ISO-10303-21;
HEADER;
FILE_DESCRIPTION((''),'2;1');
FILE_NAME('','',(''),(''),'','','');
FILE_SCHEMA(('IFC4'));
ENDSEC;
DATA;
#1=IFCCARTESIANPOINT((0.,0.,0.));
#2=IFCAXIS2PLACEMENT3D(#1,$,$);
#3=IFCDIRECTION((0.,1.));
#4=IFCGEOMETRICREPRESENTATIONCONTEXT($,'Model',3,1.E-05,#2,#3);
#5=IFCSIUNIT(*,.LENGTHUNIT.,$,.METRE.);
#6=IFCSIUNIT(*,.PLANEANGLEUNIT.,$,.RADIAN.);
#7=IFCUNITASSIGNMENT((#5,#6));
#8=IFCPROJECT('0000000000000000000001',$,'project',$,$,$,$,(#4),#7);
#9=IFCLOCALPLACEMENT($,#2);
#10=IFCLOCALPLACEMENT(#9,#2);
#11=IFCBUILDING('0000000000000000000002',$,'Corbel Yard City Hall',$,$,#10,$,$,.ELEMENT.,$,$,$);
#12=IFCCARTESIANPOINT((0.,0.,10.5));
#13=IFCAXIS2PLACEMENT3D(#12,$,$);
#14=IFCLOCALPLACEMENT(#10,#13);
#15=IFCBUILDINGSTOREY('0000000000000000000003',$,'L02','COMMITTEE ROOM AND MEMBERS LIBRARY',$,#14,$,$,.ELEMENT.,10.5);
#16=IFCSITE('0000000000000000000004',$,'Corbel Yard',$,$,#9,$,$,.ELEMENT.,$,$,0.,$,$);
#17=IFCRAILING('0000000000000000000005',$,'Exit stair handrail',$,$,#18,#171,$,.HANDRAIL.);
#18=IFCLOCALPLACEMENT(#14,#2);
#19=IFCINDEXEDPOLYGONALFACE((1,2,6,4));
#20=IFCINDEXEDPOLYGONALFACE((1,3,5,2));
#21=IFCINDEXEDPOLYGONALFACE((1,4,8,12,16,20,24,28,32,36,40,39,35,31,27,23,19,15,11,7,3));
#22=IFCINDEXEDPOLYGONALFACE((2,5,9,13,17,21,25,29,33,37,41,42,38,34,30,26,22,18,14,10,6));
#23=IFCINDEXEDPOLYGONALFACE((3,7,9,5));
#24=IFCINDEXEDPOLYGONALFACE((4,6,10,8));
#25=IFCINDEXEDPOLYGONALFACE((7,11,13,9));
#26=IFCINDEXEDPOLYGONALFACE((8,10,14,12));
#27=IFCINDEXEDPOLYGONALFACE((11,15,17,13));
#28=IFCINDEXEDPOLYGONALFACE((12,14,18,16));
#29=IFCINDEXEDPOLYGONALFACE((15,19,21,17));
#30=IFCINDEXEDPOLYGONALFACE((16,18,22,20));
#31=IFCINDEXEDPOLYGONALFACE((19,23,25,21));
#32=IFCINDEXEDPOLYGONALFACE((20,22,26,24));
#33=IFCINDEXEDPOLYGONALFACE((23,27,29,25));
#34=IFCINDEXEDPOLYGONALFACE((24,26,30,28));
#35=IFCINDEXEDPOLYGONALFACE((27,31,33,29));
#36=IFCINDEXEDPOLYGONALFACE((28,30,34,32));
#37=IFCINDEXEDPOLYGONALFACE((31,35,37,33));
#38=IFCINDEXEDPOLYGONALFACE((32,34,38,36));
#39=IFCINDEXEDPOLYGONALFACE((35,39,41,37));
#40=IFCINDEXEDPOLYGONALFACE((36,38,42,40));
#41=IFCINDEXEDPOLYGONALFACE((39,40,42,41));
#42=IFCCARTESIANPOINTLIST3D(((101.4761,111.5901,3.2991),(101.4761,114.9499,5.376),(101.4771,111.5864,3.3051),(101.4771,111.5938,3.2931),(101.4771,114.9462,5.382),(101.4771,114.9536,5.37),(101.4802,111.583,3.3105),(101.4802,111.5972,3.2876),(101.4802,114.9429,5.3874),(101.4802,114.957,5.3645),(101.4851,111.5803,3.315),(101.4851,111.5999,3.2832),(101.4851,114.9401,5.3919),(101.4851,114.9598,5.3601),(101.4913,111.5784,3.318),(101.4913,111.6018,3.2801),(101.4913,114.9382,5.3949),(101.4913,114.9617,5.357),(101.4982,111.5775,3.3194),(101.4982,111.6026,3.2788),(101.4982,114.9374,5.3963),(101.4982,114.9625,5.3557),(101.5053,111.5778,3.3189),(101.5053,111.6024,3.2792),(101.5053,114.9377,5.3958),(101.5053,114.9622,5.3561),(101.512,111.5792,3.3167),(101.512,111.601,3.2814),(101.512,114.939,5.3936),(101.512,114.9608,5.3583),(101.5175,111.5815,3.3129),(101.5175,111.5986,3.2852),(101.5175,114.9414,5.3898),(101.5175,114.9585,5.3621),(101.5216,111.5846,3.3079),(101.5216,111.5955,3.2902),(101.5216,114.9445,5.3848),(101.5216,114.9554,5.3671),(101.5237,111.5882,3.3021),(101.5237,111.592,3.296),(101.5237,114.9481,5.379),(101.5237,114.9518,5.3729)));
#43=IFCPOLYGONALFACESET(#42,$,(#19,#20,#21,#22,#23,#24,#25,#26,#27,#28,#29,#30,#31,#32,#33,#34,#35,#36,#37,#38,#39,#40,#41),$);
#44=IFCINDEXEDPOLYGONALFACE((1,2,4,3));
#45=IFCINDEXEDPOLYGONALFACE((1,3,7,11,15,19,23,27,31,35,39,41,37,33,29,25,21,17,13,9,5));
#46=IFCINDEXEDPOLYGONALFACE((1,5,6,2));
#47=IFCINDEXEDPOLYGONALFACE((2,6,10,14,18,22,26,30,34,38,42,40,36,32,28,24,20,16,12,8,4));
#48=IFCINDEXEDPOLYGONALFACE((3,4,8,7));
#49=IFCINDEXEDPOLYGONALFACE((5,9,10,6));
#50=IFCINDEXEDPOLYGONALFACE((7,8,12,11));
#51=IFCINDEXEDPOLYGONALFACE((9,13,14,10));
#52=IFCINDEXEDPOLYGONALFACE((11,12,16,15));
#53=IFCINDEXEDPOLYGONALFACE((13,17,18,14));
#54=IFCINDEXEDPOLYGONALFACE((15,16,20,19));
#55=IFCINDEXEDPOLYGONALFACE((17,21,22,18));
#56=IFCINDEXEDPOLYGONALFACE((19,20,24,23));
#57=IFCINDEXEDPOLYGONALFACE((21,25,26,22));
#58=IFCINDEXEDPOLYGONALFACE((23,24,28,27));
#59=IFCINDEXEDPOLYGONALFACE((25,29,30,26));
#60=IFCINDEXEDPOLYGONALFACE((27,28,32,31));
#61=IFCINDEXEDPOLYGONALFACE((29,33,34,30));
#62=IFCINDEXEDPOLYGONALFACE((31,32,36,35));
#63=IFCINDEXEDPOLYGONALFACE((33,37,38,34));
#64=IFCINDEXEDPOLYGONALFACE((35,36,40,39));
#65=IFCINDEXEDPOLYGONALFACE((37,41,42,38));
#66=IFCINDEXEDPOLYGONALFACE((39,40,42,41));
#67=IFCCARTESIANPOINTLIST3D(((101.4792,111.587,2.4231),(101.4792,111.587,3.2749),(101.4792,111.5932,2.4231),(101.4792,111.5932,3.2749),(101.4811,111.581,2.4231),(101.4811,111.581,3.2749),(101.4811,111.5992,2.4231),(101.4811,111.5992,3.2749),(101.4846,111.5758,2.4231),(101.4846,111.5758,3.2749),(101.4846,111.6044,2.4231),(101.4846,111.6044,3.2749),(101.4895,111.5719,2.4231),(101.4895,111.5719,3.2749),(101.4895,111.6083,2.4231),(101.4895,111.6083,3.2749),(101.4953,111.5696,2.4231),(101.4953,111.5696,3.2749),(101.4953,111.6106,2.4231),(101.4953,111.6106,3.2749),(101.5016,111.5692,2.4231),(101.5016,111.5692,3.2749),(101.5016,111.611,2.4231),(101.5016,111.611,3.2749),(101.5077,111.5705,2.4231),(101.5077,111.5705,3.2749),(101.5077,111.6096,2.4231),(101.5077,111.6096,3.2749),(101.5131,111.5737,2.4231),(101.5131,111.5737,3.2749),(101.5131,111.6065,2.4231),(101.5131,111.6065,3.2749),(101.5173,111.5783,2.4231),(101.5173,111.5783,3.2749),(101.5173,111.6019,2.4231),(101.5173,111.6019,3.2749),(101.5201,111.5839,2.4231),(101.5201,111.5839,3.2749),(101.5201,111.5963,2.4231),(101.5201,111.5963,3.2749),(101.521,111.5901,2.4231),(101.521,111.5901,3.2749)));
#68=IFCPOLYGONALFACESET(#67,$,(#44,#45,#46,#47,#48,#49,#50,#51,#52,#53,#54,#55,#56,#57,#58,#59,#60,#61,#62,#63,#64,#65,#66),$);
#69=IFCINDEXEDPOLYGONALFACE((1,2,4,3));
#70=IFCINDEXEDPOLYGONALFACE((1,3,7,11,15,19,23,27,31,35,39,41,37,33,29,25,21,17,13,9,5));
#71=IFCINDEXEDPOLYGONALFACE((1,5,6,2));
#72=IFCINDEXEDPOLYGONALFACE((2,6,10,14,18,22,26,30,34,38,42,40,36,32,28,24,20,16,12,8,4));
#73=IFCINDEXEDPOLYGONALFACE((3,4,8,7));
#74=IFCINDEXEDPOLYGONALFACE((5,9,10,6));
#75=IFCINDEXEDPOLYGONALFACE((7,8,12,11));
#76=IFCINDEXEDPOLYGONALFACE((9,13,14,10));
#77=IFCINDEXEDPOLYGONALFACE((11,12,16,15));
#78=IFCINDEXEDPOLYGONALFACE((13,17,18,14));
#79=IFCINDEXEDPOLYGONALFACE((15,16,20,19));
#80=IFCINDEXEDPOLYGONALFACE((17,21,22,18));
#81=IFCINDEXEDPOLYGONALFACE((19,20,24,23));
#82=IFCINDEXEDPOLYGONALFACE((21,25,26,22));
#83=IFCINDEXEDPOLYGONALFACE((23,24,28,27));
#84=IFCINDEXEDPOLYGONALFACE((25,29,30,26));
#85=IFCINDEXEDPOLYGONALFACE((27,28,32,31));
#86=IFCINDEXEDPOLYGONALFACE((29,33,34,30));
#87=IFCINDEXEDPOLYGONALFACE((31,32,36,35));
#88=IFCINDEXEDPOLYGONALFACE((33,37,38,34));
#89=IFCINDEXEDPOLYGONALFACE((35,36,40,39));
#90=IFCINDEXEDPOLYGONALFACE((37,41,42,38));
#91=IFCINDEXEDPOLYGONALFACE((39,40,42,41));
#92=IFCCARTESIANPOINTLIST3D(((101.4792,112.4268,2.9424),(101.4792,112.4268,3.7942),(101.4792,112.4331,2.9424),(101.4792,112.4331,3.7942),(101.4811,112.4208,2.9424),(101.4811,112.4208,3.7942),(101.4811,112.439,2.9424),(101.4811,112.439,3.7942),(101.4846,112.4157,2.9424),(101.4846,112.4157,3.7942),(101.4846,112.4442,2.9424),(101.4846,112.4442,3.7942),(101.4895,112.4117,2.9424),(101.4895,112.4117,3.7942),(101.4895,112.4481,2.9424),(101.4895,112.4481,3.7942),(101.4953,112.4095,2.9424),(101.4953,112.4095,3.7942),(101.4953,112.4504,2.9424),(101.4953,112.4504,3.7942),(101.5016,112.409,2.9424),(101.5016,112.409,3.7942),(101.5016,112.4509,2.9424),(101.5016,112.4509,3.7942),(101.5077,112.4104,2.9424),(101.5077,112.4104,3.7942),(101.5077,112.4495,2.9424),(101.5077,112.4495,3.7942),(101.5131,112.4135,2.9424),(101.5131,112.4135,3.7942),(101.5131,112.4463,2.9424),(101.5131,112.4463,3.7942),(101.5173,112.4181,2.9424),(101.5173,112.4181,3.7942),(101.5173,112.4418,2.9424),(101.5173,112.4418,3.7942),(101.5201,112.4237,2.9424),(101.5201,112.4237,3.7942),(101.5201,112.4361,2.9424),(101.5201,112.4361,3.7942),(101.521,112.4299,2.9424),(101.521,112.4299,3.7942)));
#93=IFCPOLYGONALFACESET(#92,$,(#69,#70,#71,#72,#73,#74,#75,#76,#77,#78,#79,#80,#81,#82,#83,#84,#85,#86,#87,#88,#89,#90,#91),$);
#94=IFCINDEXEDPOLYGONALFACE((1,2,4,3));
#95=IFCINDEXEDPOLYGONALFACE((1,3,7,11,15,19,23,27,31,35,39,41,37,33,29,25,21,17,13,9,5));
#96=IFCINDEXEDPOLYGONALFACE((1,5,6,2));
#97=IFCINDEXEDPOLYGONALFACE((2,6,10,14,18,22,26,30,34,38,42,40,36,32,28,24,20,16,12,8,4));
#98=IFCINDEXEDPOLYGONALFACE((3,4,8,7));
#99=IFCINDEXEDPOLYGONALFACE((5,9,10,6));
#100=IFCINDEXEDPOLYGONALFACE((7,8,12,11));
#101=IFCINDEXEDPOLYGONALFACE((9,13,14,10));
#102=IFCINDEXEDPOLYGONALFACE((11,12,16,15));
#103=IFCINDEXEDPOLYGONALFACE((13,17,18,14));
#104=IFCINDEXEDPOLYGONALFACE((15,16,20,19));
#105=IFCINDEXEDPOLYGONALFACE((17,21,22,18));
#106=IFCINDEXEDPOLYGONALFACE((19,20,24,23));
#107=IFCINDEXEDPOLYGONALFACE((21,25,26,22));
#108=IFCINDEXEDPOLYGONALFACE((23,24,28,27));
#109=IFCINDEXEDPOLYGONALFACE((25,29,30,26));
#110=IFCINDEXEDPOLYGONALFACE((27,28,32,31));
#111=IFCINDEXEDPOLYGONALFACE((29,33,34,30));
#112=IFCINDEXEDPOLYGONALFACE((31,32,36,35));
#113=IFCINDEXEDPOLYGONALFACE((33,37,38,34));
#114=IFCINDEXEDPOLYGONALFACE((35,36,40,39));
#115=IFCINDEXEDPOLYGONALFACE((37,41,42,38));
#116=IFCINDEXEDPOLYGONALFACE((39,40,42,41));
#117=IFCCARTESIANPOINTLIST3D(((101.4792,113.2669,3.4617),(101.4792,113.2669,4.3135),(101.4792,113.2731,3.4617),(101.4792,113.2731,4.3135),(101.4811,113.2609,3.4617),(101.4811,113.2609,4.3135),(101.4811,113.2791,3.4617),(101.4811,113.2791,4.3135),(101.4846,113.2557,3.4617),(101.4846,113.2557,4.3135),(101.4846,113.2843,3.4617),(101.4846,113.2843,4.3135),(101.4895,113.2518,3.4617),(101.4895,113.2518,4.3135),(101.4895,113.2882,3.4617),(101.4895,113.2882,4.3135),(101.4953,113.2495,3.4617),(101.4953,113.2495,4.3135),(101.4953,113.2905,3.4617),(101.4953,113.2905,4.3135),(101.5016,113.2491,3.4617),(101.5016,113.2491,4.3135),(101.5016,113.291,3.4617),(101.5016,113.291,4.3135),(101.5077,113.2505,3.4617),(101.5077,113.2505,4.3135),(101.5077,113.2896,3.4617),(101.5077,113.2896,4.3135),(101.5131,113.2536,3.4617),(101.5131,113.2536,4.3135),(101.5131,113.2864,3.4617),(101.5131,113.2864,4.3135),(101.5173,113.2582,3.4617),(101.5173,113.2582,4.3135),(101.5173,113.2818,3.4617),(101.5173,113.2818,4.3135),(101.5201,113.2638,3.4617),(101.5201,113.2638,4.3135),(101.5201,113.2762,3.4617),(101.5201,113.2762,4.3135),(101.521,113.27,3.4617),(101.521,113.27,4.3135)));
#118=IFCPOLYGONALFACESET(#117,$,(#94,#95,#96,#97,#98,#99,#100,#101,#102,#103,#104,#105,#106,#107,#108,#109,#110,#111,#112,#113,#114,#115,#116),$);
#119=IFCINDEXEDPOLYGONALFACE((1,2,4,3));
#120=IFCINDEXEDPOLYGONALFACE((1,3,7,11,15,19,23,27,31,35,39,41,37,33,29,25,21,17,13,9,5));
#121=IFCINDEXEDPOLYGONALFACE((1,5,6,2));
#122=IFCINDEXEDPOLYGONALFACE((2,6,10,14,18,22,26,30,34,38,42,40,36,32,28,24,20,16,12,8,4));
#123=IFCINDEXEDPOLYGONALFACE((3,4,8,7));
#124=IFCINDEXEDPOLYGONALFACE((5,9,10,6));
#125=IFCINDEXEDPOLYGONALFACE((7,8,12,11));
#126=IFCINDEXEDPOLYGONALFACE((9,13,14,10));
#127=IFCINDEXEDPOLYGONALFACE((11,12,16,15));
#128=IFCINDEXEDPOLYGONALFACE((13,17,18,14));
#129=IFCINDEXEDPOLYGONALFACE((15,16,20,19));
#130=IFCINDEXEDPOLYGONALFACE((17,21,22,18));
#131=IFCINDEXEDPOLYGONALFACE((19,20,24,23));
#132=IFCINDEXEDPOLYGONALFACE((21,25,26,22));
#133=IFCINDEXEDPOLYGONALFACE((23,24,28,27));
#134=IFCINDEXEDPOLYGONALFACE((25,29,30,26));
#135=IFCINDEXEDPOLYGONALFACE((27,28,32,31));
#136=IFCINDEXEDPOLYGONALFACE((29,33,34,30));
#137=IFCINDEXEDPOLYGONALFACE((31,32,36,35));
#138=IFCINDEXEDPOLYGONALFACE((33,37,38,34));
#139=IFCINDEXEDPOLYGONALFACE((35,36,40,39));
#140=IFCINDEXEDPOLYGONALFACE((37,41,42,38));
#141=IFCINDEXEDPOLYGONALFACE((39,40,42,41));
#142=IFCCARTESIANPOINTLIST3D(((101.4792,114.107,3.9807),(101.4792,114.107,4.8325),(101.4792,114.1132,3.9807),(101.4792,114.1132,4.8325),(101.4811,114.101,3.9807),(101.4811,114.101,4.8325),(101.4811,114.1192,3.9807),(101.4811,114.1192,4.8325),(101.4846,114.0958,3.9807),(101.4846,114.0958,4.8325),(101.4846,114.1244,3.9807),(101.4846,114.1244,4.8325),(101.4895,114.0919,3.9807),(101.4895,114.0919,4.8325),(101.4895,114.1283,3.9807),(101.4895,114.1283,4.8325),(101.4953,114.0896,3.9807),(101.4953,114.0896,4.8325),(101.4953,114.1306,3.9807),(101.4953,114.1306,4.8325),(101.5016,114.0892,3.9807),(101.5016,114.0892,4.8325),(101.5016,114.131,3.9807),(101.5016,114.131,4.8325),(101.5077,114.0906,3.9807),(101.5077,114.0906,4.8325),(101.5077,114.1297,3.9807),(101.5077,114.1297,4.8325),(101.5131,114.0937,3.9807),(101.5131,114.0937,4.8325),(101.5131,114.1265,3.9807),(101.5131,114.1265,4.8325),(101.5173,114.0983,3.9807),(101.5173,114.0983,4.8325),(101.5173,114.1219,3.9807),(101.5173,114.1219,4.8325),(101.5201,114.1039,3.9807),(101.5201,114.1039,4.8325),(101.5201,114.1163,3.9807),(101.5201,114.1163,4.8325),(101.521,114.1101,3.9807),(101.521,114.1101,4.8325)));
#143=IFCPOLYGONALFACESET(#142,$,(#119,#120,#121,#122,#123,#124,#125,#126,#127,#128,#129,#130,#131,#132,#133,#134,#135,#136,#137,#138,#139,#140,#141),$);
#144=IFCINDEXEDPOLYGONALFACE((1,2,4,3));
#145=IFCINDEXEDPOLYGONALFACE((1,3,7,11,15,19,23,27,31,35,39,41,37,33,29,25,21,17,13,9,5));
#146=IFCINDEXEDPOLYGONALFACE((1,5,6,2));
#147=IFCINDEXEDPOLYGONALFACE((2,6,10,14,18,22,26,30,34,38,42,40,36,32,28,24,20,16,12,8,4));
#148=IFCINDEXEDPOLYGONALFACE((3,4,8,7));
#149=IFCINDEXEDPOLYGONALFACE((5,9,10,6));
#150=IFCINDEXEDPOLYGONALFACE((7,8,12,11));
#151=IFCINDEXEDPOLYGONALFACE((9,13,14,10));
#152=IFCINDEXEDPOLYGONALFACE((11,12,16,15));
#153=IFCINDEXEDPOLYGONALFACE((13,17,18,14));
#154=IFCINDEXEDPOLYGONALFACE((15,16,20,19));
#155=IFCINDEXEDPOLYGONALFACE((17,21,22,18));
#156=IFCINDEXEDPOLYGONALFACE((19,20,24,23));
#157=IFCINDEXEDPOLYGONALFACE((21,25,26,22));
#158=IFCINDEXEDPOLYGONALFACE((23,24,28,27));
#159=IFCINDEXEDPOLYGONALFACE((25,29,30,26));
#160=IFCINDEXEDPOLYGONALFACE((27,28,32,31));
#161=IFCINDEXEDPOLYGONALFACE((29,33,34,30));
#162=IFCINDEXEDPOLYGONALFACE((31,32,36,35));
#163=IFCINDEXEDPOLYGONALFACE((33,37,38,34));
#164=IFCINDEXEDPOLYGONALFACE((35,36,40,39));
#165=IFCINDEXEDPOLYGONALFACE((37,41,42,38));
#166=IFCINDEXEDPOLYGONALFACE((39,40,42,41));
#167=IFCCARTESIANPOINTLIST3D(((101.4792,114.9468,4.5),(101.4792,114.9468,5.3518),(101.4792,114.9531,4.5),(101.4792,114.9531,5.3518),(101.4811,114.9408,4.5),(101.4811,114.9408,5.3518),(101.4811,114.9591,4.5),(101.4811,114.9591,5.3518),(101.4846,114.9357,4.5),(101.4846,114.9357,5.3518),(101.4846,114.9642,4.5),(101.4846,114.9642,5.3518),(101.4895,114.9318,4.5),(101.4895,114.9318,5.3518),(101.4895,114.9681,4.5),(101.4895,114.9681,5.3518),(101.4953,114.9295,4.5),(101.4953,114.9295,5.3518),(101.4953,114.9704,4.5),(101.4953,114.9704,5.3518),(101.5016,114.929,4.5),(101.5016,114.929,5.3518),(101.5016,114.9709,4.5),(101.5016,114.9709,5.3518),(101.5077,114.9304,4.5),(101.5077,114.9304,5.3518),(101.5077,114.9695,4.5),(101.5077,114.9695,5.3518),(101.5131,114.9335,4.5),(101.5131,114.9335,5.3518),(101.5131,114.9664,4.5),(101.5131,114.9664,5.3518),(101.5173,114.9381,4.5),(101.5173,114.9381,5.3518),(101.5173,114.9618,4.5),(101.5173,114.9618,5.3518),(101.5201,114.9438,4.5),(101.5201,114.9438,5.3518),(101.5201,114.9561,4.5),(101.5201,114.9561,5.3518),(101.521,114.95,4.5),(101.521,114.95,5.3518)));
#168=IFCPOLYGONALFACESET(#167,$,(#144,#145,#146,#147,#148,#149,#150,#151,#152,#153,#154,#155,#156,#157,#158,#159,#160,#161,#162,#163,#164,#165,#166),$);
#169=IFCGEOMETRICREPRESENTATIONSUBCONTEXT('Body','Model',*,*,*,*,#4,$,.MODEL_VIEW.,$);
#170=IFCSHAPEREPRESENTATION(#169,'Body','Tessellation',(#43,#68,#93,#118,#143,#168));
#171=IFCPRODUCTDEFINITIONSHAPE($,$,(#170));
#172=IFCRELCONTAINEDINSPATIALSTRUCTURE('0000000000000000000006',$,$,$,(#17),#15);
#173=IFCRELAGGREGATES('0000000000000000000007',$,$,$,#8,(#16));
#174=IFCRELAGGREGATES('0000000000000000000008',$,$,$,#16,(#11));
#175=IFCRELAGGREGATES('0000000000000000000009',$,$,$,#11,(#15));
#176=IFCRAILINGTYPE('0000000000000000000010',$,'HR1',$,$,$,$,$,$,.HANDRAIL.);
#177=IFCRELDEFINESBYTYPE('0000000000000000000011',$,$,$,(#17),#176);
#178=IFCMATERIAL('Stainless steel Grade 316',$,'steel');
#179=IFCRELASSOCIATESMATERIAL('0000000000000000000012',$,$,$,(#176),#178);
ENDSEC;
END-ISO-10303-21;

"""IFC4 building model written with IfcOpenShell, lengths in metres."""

from ifc_helpers import new_model, si_unit, direction, frame, origin, origin_2d, place, context, subcontext, project, spatial, circle, extrude, material, type_object, element, save


model = new_model("IFC4")

# Units and contexts
model_context = context("Model", 3, precision=1e-05, world=origin(), true_north=direction((0.0, 1.0)))
body_context = subcontext(model_context, "Body", "Model", "MODEL_VIEW")
ifc_project = project(units=[si_unit("LENGTHUNIT", "METRE"), si_unit("PLANEANGLEUNIT", "RADIAN")], contexts=[model_context])

# Site, building, storey
site_placement = place(None, origin())
site = spatial("IfcSite", under=ifc_project, at=site_placement, Name="Corbel Yard", CompositionType="ELEMENT", RefElevation=0.0)
building_placement = place(site_placement, origin())
building = spatial("IfcBuilding", under=site, at=building_placement, Name="Corbel Yard City Hall", CompositionType="ELEMENT")
storey_placement = place(building_placement, frame((0.0, 0.0, 10.5)))
storey = spatial("IfcBuildingStorey", under=building, at=storey_placement, Name="L02", Description="COMMITTEE ROOM AND MEMBERS LIBRARY", CompositionType="ELEMENT", Elevation=10.5)

# Shared definitions
ifc_material_1 = material(Name="Stainless steel Grade 316", Category="steel")

# Railing
railing_type_1 = type_object("IfcRailingType", Name="HR1", PredefinedType="HANDRAIL", material=ifc_material_1)
for number, where, name in (
    (1, (101.5, 111.5901, 2.4231), "Exit stair handrail"),
):
    element("IfcRailing", number, at=place(storey_placement, frame(where)), inside=storey, type_object=railing_type_1, Name=name, PredefinedType="HANDRAIL", context=body_context, shape_type="SweptSolid", body=[
        extrude(circle(Radius=0.0239, at=origin_2d()), frame((0.0, 0.0, 0.876), z_axis=(0.0, 0.850606, 0.525803), x_axis=(-1.0, 0.0, 0.0)), (0.0, 0.0, 1.0), 3.95),
        extrude(circle(Radius=0.021, at=origin_2d()), origin(), (0.0, 0.0, 1.0), 0.8518),
        extrude(circle(Radius=0.021, at=origin_2d()), frame((0.0, 0.8398, 0.5193)), (0.0, 0.0, 1.0), 0.8518),
        extrude(circle(Radius=0.021, at=origin_2d()), frame((0.0, 1.6799, 1.0386)), (0.0, 0.0, 1.0), 0.8518),
        extrude(circle(Radius=0.021, at=origin_2d()), frame((0.0, 2.52, 1.5576)), (0.0, 0.0, 1.0), 0.8518),
        extrude(circle(Radius=0.021, at=origin_2d()), frame((0.0, 3.3599, 2.0769)), (0.0, 0.0, 1.0), 0.8518),
    ])

save(model, "model.ifc")
